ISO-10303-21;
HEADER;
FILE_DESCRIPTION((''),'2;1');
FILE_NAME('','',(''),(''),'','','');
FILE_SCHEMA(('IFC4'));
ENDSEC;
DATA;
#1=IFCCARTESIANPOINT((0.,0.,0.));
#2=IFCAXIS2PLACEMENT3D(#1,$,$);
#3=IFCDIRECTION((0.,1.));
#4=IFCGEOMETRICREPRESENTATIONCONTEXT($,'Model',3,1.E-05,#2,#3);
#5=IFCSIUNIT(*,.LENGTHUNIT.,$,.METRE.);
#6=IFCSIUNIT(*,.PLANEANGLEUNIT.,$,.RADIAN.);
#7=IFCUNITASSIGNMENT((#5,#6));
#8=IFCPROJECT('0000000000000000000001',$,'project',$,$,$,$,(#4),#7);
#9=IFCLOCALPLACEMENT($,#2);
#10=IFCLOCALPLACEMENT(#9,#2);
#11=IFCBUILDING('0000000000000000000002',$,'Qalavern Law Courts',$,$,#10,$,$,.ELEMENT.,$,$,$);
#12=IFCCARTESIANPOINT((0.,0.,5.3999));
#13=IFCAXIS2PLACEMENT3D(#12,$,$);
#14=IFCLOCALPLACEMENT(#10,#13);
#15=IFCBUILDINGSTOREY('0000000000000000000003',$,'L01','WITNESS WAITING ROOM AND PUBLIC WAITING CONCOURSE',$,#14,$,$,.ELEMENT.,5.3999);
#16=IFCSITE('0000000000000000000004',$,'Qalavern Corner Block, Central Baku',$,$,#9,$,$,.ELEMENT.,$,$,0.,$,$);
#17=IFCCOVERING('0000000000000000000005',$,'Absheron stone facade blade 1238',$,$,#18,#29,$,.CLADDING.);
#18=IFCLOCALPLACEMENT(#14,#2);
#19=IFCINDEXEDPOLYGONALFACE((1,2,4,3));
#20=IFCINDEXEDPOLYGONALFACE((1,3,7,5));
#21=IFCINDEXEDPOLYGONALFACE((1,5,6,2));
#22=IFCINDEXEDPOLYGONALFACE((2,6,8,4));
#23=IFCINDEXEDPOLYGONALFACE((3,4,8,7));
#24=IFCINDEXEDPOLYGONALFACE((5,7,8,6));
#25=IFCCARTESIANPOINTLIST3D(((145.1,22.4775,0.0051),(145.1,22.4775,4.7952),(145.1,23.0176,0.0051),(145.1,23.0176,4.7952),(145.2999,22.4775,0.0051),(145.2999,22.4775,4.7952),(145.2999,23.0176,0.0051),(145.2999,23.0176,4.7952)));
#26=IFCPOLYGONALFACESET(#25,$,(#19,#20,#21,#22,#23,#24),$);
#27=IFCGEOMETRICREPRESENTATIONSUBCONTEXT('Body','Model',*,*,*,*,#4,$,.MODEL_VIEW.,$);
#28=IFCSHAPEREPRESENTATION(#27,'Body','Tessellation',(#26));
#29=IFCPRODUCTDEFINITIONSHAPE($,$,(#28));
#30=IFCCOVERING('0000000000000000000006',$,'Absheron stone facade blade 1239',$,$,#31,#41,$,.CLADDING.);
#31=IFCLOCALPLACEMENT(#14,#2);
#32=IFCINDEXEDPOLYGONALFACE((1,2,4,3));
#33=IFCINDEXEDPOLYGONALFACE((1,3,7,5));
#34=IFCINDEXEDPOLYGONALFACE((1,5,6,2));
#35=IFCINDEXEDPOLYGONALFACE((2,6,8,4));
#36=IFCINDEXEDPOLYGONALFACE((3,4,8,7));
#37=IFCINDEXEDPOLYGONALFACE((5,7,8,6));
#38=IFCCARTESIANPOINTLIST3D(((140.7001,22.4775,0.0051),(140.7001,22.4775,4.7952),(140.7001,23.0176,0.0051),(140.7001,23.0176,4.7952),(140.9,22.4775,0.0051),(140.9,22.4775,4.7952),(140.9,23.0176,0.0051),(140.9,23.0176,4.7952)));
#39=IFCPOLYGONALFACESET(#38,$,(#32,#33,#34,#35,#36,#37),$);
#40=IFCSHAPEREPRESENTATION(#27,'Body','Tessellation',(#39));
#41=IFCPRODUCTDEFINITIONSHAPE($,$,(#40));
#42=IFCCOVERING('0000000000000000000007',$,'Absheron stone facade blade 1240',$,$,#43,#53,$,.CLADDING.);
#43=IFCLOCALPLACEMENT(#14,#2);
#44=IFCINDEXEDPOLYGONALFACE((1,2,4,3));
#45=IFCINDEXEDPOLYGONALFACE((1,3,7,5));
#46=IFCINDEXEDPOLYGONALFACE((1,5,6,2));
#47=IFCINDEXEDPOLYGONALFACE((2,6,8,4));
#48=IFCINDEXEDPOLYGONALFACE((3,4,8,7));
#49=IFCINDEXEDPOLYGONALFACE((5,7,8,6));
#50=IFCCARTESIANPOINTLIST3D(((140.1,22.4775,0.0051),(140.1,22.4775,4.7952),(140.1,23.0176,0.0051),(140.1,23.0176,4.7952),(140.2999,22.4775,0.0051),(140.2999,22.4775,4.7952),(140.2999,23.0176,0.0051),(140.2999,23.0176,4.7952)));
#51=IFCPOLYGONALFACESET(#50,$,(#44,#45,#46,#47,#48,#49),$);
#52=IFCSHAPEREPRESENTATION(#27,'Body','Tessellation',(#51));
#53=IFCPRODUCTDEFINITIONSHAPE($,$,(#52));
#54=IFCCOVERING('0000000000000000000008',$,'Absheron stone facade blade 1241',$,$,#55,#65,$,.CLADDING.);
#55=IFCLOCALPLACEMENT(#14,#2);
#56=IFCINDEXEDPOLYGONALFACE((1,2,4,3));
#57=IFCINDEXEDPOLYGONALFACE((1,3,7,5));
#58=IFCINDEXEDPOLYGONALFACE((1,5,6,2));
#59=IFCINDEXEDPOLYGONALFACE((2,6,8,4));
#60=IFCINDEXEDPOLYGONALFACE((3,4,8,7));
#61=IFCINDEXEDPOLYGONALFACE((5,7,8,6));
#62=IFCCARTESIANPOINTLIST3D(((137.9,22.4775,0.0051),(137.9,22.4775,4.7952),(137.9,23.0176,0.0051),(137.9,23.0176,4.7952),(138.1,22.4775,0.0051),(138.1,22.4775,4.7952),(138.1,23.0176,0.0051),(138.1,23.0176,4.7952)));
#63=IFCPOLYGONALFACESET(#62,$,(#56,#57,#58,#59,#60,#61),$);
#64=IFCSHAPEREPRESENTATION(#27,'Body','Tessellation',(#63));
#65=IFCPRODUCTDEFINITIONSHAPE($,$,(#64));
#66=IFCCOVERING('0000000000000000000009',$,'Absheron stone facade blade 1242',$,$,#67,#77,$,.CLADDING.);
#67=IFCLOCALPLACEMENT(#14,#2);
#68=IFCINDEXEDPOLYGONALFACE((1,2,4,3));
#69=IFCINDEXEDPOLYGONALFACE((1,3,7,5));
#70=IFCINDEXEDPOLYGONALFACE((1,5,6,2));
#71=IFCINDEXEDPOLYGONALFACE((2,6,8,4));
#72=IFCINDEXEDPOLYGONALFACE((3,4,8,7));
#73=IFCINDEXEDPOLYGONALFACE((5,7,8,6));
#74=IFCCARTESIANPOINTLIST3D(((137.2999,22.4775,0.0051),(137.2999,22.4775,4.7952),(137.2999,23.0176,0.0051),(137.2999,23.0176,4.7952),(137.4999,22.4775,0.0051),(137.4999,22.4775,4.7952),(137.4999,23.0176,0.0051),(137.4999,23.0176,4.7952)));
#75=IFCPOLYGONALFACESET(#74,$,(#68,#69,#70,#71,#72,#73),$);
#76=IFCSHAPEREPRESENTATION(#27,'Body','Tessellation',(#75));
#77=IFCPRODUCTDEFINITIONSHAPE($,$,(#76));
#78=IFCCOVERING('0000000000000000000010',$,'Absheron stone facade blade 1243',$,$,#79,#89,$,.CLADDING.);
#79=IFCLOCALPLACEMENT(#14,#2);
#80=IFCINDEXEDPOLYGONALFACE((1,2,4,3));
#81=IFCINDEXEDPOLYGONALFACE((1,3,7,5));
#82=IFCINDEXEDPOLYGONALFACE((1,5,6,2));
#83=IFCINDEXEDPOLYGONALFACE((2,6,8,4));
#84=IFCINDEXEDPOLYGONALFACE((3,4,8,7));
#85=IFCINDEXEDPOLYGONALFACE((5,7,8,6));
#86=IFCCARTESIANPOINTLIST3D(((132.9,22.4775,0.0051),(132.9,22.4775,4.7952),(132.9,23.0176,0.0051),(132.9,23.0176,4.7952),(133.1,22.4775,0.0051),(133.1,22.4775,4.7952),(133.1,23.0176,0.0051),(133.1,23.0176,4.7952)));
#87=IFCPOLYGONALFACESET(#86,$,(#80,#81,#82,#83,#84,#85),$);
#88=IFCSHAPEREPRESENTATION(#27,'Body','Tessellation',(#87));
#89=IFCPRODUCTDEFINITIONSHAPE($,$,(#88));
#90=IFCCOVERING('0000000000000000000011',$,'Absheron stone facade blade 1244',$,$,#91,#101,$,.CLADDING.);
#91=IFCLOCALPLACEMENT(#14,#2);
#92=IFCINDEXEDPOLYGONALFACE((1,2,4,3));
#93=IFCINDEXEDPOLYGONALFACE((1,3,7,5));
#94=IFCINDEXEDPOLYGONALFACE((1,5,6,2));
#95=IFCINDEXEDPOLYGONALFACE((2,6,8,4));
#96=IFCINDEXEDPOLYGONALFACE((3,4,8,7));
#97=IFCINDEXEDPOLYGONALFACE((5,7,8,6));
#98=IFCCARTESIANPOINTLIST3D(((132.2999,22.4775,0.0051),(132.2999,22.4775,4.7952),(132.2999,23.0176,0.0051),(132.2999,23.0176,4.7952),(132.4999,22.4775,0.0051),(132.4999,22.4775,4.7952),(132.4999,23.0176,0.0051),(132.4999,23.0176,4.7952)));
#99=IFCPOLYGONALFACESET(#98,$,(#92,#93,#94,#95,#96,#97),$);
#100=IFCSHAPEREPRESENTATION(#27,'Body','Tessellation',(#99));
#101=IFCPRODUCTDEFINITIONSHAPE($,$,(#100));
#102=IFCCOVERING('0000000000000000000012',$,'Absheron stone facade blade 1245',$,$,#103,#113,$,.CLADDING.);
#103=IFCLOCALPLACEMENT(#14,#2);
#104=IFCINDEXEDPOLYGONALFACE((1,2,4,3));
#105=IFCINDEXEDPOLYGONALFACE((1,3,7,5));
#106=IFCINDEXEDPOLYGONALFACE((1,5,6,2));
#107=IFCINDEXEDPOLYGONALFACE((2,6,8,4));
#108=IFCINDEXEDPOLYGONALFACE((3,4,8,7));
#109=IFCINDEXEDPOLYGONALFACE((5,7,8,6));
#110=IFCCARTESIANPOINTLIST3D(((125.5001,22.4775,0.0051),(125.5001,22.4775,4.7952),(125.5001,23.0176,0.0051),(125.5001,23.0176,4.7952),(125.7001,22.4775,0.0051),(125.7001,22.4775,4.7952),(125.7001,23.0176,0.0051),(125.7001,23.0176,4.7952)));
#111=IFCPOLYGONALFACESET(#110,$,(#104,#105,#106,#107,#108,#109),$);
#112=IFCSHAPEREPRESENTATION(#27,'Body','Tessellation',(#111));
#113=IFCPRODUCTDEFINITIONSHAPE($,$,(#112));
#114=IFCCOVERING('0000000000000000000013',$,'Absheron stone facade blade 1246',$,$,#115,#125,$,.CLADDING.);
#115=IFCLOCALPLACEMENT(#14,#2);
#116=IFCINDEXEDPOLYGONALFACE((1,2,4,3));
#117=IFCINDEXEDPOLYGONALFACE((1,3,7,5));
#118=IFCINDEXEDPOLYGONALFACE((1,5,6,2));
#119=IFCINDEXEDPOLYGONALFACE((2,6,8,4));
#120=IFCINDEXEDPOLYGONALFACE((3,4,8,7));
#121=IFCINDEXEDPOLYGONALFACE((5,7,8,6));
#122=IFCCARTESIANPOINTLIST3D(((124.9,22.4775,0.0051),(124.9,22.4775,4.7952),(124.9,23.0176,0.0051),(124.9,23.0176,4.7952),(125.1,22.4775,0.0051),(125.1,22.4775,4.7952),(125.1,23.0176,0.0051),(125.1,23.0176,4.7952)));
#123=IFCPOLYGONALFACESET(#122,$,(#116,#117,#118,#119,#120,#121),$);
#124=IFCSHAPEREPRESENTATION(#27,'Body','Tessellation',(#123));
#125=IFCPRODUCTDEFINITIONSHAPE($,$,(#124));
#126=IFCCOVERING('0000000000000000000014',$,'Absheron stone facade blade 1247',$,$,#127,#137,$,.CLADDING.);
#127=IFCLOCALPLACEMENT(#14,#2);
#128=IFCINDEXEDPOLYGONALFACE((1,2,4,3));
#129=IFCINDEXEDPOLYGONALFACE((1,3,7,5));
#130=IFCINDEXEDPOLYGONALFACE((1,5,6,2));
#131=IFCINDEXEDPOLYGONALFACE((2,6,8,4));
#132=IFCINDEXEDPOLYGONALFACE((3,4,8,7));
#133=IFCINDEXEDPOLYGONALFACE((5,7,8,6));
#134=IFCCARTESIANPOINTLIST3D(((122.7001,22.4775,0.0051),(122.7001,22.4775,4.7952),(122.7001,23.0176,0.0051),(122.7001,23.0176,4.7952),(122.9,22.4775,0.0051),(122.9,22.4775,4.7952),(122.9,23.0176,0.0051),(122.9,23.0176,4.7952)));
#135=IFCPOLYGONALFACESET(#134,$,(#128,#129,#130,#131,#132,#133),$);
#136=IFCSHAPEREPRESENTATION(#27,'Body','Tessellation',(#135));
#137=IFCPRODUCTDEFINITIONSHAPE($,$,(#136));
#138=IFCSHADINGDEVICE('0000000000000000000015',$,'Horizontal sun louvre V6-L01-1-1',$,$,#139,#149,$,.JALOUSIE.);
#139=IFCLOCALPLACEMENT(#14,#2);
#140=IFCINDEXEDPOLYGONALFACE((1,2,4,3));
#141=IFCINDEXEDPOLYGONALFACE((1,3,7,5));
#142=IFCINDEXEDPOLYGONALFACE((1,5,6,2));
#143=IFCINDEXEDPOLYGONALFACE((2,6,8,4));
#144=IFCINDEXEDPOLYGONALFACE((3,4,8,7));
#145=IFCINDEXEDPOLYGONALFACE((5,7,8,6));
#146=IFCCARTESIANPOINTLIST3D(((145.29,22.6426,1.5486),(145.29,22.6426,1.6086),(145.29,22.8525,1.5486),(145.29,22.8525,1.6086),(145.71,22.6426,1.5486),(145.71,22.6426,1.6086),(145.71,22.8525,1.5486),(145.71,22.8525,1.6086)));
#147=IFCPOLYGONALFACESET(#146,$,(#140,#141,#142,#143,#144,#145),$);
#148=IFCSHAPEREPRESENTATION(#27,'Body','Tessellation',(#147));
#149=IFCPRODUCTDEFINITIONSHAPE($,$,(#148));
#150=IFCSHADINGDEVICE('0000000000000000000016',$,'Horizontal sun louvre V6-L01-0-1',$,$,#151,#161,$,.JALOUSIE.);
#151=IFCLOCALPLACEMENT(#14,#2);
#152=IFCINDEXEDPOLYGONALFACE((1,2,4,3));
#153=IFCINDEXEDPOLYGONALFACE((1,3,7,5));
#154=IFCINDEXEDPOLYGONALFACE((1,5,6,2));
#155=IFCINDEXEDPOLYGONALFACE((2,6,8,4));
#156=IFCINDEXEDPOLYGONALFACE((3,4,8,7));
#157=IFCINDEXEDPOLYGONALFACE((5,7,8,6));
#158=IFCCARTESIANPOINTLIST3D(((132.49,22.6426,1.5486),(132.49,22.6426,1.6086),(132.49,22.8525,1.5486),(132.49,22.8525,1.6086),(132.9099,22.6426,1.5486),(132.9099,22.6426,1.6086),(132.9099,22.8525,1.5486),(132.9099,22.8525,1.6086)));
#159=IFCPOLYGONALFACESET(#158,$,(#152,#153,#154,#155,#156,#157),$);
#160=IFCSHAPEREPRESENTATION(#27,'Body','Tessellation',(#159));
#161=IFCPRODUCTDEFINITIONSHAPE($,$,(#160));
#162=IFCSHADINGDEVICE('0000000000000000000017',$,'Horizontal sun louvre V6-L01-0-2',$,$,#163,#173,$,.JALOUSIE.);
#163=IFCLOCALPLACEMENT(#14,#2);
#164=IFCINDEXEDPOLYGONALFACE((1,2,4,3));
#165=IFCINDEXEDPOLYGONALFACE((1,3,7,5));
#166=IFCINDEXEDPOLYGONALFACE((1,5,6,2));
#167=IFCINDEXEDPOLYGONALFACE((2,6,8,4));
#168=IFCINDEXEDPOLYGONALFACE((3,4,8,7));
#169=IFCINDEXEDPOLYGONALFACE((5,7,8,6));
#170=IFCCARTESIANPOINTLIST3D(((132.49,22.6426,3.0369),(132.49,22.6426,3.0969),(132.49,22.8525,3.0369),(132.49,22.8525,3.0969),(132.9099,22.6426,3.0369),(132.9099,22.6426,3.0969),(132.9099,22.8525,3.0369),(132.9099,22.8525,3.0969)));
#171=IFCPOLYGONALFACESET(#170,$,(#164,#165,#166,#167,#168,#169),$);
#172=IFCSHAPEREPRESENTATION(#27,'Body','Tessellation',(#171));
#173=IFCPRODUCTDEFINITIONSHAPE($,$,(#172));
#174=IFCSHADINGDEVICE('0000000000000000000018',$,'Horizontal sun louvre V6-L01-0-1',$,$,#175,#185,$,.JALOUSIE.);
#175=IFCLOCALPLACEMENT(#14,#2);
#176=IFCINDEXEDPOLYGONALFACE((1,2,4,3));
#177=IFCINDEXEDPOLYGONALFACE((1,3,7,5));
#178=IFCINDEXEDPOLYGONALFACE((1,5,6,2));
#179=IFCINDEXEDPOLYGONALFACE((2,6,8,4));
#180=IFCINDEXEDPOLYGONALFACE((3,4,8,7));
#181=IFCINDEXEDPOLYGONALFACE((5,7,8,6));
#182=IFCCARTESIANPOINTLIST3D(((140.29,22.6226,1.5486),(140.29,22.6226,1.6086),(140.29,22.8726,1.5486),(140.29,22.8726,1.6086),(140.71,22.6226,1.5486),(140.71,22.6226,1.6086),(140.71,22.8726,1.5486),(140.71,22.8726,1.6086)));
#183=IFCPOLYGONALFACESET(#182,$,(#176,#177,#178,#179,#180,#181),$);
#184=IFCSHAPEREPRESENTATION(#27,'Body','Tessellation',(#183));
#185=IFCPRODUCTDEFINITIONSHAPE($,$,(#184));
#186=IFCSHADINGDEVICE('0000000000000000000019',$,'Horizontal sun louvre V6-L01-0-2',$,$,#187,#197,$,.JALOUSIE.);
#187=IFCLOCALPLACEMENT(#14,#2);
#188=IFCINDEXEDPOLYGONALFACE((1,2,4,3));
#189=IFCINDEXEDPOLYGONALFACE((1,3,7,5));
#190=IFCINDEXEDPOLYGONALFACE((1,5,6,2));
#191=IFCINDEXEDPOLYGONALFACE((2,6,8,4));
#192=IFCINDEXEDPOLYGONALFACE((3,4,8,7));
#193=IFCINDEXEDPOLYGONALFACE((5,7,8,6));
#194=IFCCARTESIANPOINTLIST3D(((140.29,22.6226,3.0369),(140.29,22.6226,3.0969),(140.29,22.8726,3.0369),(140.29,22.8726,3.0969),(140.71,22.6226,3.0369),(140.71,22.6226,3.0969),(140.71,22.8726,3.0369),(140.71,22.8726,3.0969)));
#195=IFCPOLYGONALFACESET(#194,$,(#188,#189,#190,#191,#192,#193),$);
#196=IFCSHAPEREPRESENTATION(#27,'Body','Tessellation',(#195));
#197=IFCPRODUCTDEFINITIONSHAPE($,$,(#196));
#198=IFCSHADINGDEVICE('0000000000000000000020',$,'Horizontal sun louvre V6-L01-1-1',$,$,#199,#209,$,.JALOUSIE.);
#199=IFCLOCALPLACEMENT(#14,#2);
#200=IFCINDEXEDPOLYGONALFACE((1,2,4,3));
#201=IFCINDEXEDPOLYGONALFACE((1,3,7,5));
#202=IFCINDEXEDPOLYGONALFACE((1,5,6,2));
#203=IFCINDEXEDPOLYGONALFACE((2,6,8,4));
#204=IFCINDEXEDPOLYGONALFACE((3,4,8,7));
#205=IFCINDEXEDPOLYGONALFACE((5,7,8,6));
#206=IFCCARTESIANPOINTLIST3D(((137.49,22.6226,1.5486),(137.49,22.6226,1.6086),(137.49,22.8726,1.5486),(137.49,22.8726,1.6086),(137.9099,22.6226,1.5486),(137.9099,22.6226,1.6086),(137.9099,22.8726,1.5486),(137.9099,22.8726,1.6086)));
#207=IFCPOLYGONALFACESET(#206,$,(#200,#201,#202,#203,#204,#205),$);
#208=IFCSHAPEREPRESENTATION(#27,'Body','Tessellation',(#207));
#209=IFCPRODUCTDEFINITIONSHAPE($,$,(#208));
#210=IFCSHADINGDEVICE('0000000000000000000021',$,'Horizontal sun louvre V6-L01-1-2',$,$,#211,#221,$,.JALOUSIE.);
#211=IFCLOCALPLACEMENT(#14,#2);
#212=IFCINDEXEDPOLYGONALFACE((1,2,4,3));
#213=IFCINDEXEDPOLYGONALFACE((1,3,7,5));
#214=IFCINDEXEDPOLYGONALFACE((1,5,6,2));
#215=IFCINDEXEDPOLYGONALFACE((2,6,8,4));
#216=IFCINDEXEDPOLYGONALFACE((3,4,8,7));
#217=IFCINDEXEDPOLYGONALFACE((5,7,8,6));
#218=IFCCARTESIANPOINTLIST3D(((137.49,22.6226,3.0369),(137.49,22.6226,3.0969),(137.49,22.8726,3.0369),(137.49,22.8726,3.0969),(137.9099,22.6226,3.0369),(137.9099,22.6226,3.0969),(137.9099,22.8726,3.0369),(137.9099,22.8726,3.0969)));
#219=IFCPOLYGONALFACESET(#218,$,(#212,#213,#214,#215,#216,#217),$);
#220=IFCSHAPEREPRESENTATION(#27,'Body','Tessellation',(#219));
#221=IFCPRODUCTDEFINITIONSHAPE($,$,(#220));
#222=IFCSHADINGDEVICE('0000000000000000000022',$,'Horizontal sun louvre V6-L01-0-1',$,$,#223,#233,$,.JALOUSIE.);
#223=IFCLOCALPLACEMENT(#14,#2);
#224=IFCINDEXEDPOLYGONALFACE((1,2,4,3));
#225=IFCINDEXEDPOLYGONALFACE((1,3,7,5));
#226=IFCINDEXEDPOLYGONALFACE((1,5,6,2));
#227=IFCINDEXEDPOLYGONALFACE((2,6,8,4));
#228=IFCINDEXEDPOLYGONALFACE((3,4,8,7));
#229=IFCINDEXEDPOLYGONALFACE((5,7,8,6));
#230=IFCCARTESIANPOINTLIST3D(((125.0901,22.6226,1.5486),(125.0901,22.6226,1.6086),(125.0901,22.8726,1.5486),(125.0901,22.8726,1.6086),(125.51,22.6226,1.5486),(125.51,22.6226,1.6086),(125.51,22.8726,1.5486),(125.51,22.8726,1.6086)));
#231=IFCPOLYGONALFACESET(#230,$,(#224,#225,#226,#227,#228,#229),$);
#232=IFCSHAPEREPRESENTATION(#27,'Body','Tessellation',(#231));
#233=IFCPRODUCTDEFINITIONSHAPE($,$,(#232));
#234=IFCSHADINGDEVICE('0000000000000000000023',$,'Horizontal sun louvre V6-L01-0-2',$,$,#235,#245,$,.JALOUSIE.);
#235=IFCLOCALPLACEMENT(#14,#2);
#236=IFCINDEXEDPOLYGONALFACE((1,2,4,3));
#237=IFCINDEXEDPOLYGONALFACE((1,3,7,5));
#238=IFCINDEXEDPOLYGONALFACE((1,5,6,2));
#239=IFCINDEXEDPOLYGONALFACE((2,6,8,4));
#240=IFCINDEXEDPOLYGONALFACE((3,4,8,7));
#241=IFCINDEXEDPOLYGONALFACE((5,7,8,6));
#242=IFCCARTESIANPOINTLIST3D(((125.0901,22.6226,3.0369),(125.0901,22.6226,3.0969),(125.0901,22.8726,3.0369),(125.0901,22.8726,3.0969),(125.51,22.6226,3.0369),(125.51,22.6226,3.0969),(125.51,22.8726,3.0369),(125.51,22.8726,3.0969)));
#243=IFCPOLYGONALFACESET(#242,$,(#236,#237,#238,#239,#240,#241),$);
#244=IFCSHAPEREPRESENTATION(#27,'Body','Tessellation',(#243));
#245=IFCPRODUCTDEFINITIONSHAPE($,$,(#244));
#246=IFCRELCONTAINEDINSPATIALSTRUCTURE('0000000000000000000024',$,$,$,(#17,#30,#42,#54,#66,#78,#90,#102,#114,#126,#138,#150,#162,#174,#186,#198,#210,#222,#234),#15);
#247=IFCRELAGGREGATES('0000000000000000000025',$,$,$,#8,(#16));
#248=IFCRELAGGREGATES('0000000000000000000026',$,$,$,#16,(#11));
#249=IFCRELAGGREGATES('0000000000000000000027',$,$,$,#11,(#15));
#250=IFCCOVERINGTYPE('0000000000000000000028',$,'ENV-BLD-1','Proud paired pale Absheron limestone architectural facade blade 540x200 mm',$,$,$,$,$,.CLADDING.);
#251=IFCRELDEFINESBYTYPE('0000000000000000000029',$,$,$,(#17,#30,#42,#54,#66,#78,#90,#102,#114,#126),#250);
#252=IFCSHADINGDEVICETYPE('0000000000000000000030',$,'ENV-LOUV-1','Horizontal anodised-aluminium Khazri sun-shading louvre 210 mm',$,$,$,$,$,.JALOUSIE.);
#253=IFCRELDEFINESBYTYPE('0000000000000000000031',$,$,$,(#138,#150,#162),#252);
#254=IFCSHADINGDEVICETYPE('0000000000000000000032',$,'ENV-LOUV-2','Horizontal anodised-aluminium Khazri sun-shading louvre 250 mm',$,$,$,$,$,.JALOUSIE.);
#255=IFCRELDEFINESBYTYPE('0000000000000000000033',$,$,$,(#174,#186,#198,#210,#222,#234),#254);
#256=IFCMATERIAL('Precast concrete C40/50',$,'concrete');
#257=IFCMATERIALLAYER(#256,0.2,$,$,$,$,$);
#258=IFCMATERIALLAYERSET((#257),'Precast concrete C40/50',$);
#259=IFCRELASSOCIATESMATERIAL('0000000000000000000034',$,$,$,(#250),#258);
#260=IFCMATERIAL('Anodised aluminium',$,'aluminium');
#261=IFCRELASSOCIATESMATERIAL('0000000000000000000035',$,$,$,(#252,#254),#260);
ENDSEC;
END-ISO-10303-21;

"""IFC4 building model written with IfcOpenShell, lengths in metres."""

from ifc_helpers import new_model, si_unit, direction, frame, origin, origin_2d, place, context, subcontext, project, spatial, rectangle, extrude, material, layer, layer_set, type_object, element, save


model = new_model("IFC4")

# Units and contexts
model_context = context("Model", 3, precision=1e-05, world=origin(), true_north=direction((0.0, 1.0)))
body_context = subcontext(model_context, "Body", "Model", "MODEL_VIEW")
ifc_project = project(units=[si_unit("LENGTHUNIT", "METRE"), si_unit("PLANEANGLEUNIT", "RADIAN")], contexts=[model_context])

# Site, building, storey
site_placement = place(None, origin())
site = spatial("IfcSite", under=ifc_project, at=site_placement, Name="Qalavern Corner Block, Central Baku", CompositionType="ELEMENT", RefElevation=0.0)
building_placement = place(site_placement, origin())
building = spatial("IfcBuilding", under=site, at=building_placement, Name="Qalavern Law Courts", CompositionType="ELEMENT")
storey_placement = place(building_placement, frame((0.0, 0.0, 5.3999)))
storey = spatial("IfcBuildingStorey", under=building, at=storey_placement, Name="L01", Description="WITNESS WAITING ROOM AND PUBLIC WAITING CONCOURSE", CompositionType="ELEMENT", Elevation=5.3999)

# Coverings
ifc_material_1 = material(Name="Precast concrete C40/50", Category="concrete")
ifc_layer = layer(ifc_material_1, 0.2)
ifc_layer_set = layer_set([ifc_layer], Name="Precast concrete C40/50")
covering_type = type_object("IfcCoveringType", Name="ENV-BLD-1", Description="Proud paired pale Absheron limestone architectural facade blade 540x200 mm", PredefinedType="CLADDING", material=ifc_layer_set)
for number, where, z_axis, x_axis, name in (
    (1, (145.2, 22.7476, 0.0051), (0.0, 0.0, 1.0), (0.0, 1.0, 0.0), "Absheron stone facade blade 1238"),
    (2, (140.8, 22.7476, 0.0051), (0.0, 0.0, 1.0), (0.0, 1.0, 0.0), "Absheron stone facade blade 1239"),
    (3, (140.2, 22.7476, 0.0051), (0.0, 0.0, 1.0), (0.0, 1.0, 0.0), "Absheron stone facade blade 1240"),
    (4, (138.0, 22.7476, 0.0051), (0.0, 0.0, 1.0), (0.0, 1.0, 0.0), "Absheron stone facade blade 1241"),
    (5, (137.3999, 22.7476, 0.0051), (0.0, 0.0, 1.0), (0.0, 1.0, 0.0), "Absheron stone facade blade 1242"),
    (6, (133.0, 22.7476, 0.0051), (0.0, 0.0, 1.0), (0.0, 1.0, 0.0), "Absheron stone facade blade 1243"),
    (7, (132.3999, 22.7476, 0.0051), (0.0, 0.0, 1.0), (0.0, 1.0, 0.0), "Absheron stone facade blade 1244"),
    (8, (125.6001, 22.7476, 0.0051), (0.0, 0.0, 1.0), (0.0, 1.0, 0.0), "Absheron stone facade blade 1245"),
    (9, (125.0, 22.7476, 0.0051), (0.0, 0.0, 1.0), (0.0, 1.0, 0.0), "Absheron stone facade blade 1246"),
    (10, (122.8, 22.7476, 0.0051), (0.0, 0.0, 1.0), (0.0, 1.0, 0.0), "Absheron stone facade blade 1247"),
):
    element("IfcCovering", number, at=place(storey_placement, frame(where, z_axis=z_axis, x_axis=x_axis)), inside=storey, type_object=covering_type, Name=name, PredefinedType="CLADDING", context=body_context, shape_type="SweptSolid", body=[
        extrude(rectangle(XDim=0.54, YDim=0.2, at=origin_2d()), origin(), (0.0, 0.0, 1.0), 4.79),
    ])

# Shading devices
ifc_material_2 = material(Name="Anodised aluminium", Category="aluminium")
shading_device_type_1 = type_object("IfcShadingDeviceType", Name="ENV-LOUV-1", Description="Horizontal anodised-aluminium Khazri sun-shading louvre 210 mm", PredefinedType="JALOUSIE", material=ifc_material_2)
for number, where, z_axis, x_axis, name in (
    (11, (145.5, 22.7476, 1.5486), (0.0, 0.0, 1.0), (-1.0, 0.0, 0.0), "Horizontal sun louvre V6-L01-1-1"),
    (12, (132.7, 22.7476, 1.5486), (0.0, 0.0, 1.0), (-1.0, 0.0, 0.0), "Horizontal sun louvre V6-L01-0-1"),
    (13, (132.7, 22.7476, 3.0369), (0.0, 0.0, 1.0), (-1.0, 0.0, 0.0), "Horizontal sun louvre V6-L01-0-2"),
):
    element("IfcShadingDevice", number, at=place(storey_placement, frame(where, z_axis=z_axis, x_axis=x_axis)), inside=storey, type_object=shading_device_type_1, Name=name, PredefinedType="JALOUSIE", context=body_context, shape_type="SweptSolid", body=[
        extrude(rectangle(XDim=0.4199, YDim=0.21, at=origin_2d()), origin(), (0.0, 0.0, 1.0), 0.0601),
    ])
shading_device_type_2 = type_object("IfcShadingDeviceType", Name="ENV-LOUV-2", Description="Horizontal anodised-aluminium Khazri sun-shading louvre 250 mm", PredefinedType="JALOUSIE", material=ifc_material_2)
for number, where, z_axis, x_axis, name in (
    (14, (140.5, 22.7476, 1.5486), (0.0, 0.0, 1.0), (-1.0, 0.0, 0.0), "Horizontal sun louvre V6-L01-0-1"),
    (15, (140.5, 22.7476, 3.0369), (0.0, 0.0, 1.0), (-1.0, 0.0, 0.0), "Horizontal sun louvre V6-L01-0-2"),
    (16, (137.7, 22.7476, 1.5486), (0.0, 0.0, 1.0), (-1.0, 0.0, 0.0), "Horizontal sun louvre V6-L01-1-1"),
    (17, (137.7, 22.7476, 3.0369), (0.0, 0.0, 1.0), (-1.0, 0.0, 0.0), "Horizontal sun louvre V6-L01-1-2"),
    (18, (125.3, 22.7476, 1.5486), (0.0, 0.0, 1.0), (-1.0, 0.0, 0.0), "Horizontal sun louvre V6-L01-0-1"),
    (19, (125.3, 22.7476, 3.0369), (0.0, 0.0, 1.0), (-1.0, 0.0, 0.0), "Horizontal sun louvre V6-L01-0-2"),
):
    element("IfcShadingDevice", number, at=place(storey_placement, frame(where, z_axis=z_axis, x_axis=x_axis)), inside=storey, type_object=shading_device_type_2, Name=name, PredefinedType="JALOUSIE", context=body_context, shape_type="SweptSolid", body=[
        extrude(rectangle(XDim=0.4199, YDim=0.25, at=origin_2d()), origin(), (0.0, 0.0, 1.0), 0.0601),
    ])

save(model, "model.ifc")
